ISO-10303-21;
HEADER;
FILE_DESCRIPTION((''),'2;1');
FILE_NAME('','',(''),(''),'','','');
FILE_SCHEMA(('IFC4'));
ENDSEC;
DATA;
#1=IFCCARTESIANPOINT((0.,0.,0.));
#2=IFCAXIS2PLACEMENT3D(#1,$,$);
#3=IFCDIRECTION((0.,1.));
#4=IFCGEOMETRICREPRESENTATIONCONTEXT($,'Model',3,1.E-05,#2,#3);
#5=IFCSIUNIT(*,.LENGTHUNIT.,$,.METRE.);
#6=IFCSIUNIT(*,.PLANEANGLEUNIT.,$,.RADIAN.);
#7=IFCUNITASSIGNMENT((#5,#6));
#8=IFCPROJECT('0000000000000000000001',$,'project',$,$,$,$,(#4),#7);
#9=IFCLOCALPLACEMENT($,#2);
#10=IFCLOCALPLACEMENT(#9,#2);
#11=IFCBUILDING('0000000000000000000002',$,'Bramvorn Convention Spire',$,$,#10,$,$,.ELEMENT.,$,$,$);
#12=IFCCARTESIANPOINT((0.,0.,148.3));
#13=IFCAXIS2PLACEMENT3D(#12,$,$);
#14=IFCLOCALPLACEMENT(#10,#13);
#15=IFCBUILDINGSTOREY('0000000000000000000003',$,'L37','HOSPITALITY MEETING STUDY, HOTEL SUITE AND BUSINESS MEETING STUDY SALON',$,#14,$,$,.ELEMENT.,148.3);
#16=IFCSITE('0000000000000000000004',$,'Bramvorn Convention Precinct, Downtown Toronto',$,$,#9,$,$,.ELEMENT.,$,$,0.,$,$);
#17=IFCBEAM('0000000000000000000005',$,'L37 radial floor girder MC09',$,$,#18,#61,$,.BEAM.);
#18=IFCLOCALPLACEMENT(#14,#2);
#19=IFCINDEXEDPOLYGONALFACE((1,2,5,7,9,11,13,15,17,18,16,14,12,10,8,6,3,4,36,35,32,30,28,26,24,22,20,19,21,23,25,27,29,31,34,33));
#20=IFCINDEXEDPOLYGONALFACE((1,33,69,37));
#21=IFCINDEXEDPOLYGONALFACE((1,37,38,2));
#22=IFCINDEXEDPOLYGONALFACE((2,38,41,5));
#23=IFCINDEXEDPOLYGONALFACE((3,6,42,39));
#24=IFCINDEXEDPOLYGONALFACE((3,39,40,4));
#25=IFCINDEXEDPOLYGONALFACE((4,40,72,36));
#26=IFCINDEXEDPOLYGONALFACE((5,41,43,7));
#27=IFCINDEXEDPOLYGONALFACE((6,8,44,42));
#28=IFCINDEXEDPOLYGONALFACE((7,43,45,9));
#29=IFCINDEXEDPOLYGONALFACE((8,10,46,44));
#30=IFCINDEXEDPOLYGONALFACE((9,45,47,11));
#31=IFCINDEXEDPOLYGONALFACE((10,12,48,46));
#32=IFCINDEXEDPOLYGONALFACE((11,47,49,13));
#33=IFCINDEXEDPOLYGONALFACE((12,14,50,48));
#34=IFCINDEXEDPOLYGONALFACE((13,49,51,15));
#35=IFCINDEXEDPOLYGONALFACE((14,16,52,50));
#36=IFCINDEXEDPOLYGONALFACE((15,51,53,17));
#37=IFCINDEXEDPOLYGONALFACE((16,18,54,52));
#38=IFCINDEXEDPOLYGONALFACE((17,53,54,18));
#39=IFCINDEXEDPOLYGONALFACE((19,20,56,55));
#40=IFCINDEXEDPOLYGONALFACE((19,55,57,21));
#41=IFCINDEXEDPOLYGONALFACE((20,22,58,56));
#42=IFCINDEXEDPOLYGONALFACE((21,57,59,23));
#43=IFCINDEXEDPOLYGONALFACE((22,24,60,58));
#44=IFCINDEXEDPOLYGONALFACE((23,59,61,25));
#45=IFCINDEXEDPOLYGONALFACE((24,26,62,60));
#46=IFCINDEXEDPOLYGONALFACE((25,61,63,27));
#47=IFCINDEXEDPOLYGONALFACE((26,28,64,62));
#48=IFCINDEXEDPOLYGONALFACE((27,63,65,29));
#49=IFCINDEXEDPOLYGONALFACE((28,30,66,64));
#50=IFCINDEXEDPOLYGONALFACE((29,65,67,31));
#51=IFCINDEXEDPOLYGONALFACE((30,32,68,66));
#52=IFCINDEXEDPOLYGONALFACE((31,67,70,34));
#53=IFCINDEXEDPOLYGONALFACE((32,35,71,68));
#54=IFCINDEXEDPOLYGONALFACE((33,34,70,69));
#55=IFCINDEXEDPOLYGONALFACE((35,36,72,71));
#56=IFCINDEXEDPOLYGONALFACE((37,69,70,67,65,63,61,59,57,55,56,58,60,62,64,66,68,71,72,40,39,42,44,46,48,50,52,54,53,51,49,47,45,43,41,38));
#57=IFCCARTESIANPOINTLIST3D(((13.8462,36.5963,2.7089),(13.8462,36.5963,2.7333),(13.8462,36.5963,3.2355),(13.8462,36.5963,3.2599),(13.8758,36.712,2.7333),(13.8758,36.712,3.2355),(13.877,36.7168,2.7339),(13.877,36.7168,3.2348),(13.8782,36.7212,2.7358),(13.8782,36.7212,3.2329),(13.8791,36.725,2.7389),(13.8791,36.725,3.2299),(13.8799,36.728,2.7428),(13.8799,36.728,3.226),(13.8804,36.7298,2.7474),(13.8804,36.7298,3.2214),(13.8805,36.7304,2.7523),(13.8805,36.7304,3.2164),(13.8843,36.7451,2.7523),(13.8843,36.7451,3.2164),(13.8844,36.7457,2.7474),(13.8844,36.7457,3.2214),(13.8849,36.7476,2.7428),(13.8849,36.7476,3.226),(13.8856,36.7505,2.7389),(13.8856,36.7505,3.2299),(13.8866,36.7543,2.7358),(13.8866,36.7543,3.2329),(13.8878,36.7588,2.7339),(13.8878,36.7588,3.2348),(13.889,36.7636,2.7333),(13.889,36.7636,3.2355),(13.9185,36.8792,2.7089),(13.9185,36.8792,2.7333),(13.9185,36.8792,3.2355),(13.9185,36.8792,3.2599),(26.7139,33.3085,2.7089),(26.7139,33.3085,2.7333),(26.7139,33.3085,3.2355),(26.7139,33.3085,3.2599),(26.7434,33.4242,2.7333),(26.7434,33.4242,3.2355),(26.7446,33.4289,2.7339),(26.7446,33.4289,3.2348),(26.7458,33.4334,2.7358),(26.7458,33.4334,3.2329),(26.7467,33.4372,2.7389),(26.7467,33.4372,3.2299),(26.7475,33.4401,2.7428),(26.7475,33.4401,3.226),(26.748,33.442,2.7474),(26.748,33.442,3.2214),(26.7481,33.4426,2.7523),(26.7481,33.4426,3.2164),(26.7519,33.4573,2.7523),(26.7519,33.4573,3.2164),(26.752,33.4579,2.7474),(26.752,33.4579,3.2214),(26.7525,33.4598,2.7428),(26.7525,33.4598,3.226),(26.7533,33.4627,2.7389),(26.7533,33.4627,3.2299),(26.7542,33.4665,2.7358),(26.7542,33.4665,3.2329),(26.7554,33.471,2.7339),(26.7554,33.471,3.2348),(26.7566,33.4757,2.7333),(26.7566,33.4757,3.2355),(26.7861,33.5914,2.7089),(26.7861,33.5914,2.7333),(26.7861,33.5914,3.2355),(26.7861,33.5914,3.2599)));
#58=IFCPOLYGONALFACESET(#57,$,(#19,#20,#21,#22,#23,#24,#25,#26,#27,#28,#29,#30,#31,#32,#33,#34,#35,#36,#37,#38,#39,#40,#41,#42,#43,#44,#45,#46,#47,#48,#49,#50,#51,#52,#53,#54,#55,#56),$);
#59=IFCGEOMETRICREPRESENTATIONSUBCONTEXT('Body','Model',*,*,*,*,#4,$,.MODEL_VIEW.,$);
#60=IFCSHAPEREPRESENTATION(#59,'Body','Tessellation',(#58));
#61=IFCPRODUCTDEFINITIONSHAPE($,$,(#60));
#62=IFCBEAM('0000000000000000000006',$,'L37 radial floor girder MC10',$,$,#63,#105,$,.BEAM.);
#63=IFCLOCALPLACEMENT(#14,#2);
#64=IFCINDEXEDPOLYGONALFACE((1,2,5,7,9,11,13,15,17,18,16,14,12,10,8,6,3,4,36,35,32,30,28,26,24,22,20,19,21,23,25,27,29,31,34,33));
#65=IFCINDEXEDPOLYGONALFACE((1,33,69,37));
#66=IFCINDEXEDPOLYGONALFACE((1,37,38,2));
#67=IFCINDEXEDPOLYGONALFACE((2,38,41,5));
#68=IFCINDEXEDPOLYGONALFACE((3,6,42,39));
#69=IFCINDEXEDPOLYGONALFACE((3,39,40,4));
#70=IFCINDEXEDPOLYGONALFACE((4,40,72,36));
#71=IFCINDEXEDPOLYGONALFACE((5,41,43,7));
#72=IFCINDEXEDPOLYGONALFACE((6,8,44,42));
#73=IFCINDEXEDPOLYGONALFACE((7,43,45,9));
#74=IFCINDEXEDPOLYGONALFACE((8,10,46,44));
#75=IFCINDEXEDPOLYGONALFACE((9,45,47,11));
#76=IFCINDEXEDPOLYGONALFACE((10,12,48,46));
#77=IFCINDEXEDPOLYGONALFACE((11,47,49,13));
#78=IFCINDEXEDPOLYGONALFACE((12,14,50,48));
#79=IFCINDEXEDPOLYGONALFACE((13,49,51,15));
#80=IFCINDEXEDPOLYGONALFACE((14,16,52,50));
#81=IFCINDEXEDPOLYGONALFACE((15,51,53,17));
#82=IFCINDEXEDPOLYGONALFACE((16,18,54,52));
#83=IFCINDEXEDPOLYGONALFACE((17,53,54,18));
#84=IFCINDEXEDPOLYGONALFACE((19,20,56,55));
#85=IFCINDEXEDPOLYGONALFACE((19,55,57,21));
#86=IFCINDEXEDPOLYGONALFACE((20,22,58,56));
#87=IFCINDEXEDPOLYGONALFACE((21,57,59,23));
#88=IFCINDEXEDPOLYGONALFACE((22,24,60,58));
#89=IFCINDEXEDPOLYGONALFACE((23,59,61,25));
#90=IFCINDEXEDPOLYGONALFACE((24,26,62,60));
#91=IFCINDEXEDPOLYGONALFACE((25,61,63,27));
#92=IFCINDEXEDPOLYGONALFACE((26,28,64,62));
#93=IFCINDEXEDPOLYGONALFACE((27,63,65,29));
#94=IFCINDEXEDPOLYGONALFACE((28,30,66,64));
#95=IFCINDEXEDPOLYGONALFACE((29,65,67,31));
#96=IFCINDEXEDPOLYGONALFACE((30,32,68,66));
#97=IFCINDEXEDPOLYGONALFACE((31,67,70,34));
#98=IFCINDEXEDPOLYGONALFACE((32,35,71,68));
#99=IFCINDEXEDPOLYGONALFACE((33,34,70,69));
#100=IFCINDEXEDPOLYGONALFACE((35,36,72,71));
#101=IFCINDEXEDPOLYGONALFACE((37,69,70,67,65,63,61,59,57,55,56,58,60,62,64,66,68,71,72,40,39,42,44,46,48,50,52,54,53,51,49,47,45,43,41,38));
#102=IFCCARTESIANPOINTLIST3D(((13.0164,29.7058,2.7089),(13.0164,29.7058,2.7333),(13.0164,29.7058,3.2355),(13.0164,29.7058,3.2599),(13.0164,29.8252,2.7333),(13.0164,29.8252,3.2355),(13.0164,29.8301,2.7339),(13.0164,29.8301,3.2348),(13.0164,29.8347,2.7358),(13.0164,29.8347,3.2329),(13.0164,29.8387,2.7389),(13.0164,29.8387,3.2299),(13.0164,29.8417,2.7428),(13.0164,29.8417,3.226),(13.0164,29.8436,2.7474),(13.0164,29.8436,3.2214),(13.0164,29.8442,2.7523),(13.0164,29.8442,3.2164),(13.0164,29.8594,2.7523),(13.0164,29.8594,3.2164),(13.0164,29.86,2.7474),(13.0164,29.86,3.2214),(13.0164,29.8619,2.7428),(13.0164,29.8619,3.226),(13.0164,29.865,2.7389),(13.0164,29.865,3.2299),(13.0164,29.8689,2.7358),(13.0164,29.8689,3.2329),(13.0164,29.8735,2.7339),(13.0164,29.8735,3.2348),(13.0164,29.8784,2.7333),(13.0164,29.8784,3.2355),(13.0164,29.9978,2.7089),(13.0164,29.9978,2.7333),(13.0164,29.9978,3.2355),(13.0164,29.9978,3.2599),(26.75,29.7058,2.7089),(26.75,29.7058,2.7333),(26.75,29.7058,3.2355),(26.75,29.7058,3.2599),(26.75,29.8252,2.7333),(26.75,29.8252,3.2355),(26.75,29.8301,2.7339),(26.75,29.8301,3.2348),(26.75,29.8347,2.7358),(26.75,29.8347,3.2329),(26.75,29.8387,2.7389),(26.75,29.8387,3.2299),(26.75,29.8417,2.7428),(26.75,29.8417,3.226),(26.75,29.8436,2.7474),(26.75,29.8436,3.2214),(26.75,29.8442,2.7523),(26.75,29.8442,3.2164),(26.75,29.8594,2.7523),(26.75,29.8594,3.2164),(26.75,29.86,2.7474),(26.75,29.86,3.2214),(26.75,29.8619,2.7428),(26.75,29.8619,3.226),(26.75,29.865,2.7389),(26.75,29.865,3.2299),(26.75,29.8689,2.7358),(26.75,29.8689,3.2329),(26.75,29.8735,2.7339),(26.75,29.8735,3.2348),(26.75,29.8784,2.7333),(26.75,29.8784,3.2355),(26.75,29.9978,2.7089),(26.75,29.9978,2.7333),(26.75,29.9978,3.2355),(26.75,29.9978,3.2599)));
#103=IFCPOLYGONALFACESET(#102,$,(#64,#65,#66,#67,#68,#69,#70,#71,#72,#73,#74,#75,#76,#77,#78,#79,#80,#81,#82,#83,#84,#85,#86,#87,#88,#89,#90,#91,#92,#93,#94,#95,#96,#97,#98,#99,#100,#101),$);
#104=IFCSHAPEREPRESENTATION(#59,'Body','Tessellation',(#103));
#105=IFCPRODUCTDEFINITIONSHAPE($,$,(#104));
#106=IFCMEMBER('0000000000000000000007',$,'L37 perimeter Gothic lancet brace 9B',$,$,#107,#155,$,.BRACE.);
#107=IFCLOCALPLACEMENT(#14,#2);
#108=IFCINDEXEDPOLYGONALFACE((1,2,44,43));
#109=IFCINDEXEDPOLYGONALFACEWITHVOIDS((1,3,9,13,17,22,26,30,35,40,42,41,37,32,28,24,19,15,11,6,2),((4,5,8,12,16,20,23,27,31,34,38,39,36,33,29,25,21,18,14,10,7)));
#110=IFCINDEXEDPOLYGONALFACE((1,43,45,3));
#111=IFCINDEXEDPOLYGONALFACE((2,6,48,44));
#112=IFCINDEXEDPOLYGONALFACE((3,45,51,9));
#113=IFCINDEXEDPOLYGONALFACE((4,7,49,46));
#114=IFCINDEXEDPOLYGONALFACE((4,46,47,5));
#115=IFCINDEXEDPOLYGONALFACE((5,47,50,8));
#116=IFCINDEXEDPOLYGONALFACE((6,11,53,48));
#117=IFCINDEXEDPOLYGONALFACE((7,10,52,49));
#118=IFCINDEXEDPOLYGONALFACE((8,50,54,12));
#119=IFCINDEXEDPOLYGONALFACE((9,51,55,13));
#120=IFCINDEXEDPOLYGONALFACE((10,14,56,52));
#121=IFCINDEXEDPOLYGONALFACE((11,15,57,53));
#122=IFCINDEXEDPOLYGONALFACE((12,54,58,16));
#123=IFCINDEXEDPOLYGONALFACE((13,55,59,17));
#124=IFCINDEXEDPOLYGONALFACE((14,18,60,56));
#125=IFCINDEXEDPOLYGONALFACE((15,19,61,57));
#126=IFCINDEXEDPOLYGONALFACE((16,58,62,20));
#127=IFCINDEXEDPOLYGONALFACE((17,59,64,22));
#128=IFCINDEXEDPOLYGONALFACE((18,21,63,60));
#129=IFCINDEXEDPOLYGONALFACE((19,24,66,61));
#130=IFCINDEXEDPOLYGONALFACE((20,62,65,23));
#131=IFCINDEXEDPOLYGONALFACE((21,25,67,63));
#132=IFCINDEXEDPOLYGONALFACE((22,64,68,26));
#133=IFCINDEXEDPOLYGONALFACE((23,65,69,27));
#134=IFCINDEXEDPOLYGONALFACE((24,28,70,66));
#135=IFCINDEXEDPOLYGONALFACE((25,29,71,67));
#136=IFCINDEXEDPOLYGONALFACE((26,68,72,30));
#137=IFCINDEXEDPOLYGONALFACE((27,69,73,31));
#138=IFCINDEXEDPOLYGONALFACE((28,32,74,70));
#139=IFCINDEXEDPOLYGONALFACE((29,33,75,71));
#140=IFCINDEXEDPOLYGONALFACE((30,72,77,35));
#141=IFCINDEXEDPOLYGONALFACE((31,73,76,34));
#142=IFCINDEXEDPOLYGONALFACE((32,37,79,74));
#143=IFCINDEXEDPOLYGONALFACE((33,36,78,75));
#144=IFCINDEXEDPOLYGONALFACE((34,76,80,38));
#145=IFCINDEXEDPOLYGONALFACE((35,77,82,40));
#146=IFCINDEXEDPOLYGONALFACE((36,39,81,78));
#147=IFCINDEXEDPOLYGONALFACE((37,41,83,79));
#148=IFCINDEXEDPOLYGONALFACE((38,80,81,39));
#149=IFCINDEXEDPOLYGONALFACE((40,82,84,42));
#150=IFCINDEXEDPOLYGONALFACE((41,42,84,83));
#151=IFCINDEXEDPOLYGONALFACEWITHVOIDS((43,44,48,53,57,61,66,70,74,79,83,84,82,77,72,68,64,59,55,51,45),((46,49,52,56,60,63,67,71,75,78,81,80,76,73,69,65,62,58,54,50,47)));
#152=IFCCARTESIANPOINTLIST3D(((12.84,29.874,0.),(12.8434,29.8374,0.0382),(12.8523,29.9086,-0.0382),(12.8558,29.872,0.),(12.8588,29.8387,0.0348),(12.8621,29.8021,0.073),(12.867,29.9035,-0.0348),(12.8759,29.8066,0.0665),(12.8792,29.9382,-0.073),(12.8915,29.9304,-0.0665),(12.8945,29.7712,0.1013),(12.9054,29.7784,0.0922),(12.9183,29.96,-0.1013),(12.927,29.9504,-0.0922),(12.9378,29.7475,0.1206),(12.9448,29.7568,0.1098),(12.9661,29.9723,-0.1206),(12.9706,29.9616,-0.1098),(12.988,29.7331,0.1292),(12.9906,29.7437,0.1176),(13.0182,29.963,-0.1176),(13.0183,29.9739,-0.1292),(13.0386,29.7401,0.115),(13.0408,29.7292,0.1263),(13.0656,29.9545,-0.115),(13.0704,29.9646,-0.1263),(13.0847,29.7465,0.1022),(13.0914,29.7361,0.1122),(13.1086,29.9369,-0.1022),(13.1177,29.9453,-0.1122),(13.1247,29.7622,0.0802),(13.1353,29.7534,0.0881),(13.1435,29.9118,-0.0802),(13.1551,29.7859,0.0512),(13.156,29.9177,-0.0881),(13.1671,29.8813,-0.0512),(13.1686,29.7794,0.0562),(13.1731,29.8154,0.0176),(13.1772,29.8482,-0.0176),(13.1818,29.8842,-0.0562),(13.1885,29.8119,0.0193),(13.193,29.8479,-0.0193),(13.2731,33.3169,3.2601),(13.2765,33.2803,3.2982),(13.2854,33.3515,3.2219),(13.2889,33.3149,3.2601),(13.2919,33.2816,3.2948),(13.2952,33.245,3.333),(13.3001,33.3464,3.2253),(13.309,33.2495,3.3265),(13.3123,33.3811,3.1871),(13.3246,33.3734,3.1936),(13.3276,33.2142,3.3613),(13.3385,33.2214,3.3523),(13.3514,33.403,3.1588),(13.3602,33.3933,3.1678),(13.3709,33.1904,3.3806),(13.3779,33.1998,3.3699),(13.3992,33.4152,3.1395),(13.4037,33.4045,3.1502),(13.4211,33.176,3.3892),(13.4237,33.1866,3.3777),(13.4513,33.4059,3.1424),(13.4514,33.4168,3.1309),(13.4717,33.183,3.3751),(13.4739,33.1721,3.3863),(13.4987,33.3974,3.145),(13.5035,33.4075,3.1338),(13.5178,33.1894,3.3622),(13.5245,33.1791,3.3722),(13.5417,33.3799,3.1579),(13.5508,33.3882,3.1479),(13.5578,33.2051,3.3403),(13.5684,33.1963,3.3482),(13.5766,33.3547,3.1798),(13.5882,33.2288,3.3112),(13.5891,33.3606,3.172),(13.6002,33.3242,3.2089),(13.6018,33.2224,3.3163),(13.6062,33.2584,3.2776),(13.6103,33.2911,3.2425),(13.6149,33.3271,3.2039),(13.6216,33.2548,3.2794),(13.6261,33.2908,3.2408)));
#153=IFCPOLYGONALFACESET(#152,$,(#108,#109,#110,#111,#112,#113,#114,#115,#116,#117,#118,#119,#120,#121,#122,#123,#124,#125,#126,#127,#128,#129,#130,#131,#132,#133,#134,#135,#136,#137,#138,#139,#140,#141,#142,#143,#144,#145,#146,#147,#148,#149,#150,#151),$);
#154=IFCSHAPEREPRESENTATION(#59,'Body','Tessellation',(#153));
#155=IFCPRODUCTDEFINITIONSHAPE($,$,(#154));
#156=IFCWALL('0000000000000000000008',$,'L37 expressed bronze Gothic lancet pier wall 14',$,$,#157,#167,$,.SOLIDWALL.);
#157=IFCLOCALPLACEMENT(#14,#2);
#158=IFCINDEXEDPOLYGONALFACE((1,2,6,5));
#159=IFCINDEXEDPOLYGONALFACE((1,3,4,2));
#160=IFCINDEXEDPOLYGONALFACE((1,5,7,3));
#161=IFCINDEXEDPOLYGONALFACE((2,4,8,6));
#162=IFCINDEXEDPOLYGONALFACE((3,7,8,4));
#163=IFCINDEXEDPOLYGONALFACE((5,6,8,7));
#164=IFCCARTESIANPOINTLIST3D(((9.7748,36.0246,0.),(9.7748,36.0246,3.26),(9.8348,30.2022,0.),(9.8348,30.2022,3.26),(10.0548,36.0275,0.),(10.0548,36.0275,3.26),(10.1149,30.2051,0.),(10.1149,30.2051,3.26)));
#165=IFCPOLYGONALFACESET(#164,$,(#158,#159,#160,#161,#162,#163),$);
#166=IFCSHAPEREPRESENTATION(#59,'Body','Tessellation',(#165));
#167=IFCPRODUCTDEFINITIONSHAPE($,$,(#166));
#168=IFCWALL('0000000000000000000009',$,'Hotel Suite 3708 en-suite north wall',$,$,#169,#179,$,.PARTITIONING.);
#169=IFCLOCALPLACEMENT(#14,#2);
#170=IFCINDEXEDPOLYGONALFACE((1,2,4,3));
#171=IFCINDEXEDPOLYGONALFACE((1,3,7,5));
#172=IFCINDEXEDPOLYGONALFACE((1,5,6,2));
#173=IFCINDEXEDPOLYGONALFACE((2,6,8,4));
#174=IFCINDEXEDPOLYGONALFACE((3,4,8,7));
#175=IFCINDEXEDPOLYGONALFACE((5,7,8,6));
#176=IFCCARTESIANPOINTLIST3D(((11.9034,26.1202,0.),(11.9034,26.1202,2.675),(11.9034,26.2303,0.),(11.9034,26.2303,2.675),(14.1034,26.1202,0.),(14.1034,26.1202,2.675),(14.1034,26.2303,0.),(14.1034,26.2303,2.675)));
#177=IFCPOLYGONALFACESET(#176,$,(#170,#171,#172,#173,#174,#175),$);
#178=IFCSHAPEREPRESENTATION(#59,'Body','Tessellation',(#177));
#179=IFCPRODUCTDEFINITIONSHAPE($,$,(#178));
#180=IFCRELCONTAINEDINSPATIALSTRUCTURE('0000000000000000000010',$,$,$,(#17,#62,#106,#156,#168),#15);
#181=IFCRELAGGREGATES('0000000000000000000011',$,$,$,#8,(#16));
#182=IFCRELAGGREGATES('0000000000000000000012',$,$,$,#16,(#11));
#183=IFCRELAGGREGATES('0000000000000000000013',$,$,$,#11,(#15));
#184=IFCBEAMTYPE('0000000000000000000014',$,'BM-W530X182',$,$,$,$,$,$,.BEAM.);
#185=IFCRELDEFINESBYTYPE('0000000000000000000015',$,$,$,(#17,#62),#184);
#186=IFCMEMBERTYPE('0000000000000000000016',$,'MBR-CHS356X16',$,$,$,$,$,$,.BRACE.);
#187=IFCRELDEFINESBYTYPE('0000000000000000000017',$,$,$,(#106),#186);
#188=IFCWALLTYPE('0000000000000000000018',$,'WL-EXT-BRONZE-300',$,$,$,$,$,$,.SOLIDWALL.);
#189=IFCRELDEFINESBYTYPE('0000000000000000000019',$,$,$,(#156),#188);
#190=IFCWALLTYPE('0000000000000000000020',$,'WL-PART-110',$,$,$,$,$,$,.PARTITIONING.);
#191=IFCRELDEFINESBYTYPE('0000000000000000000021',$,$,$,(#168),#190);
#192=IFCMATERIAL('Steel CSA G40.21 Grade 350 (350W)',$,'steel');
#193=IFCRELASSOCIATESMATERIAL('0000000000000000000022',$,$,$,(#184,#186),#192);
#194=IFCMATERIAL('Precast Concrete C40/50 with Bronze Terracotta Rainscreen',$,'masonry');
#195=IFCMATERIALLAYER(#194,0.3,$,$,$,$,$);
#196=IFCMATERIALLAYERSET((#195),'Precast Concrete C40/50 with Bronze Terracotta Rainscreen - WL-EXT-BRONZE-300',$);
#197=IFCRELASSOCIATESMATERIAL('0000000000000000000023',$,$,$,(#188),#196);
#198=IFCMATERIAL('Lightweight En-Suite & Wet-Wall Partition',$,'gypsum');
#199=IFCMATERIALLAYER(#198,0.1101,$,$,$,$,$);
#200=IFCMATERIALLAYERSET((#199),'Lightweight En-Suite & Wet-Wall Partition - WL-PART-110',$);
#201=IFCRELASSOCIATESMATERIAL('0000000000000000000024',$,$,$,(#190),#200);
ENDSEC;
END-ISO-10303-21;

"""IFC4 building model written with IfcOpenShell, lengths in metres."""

from ifc_helpers import new_model, si_unit, direction, frame, frame_2d, origin, origin_2d, place, context, subcontext, project, spatial, rectangle, hollow_circle, i_section, extrude, material, layer, layer_set, material_profile, profile_set, type_object, element, save


model = new_model("IFC4")

# Units and contexts
model_context = context("Model", 3, precision=1e-05, world=origin(), true_north=direction((0.0, 1.0)))
body_context = subcontext(model_context, "Body", "Model", "MODEL_VIEW")
ifc_project = project(units=[si_unit("LENGTHUNIT", "METRE"), si_unit("PLANEANGLEUNIT", "RADIAN")], contexts=[model_context])

# Site, building, storey
site_placement = place(None, origin())
site = spatial("IfcSite", under=ifc_project, at=site_placement, Name="Bramvorn Convention Precinct, Downtown Toronto", CompositionType="ELEMENT", RefElevation=0.0)
building_placement = place(site_placement, origin())
building = spatial("IfcBuilding", under=site, at=building_placement, Name="Bramvorn Convention Spire", CompositionType="ELEMENT")
storey_placement = place(building_placement, frame((0.0, 0.0, 148.3)))
storey = spatial("IfcBuildingStorey", under=building, at=storey_placement, Name="L37", Description="HOSPITALITY MEETING STUDY, HOTEL SUITE AND BUSINESS MEETING STUDY SALON", CompositionType="ELEMENT", Elevation=148.3)

# Shared definitions
ifc_material_1 = material(Name="Steel CSA G40.21 Grade 350 (350W)", Category="steel")

# Beams
ifc_material_profile_1 = material_profile(ifc_material_1, i_section(OverallWidth=0.292, OverallDepth=0.551, WebThickness=0.0151, FlangeThickness=0.0244, FilletRadius=0.019, at=origin_2d()))
ifc_profile_set_1 = profile_set([ifc_material_profile_1], Name="Steel CSA G40.21 Grade 350 (350W) - W530X182")
beam_type_1 = type_object("IfcBeamType", Name="BM-W530X182", PredefinedType="BEAM", material=ifc_profile_set_1)
beam_1_placement = place(storey_placement, frame((26.75, 33.45, 2.9844), z_axis=(-0.968873, 0.247558, 0.0), x_axis=(-0.247558, -0.968873, 0.0)))
element("IfcBeam", 1, at=beam_1_placement, inside=storey, type_object=beam_type_1, Name="L37 radial floor girder MC09", PredefinedType="BEAM", context=body_context, shape_type="SweptSolid", body=[
    extrude(i_section(OverallWidth=0.292, OverallDepth=0.551, WebThickness=0.0151, FlangeThickness=0.0244, FilletRadius=0.019, at=origin_2d()), origin(), (0.0, 0.0, 1.0), 13.281),
])
beam_2_placement = place(storey_placement, frame((26.75, 29.8518, 2.9844), z_axis=(-1.0, 0.0, 0.0), x_axis=(0.0, -1.0, 0.0)))
element("IfcBeam", 2, at=beam_2_placement, inside=storey, type_object=beam_type_1, Name="L37 radial floor girder MC10", PredefinedType="BEAM", context=body_context, shape_type="SweptSolid", body=[
    extrude(i_section(OverallWidth=0.292, OverallDepth=0.551, WebThickness=0.0151, FlangeThickness=0.0244, FilletRadius=0.019, at=origin_2d()), origin(), (0.0, 0.0, 1.0), 13.7336),
])

# Member
ifc_material_profile_2 = material_profile(ifc_material_1, hollow_circle(Radius=0.1777, WallThickness=0.0159, at=origin_2d()))
ifc_profile_set_2 = profile_set([ifc_material_profile_2], Name="Steel CSA G40.21 Grade 350 (350W) - CHS356X16")
member_type = type_object("IfcMemberType", Name="MBR-CHS356X16", PredefinedType="BRACE", material=ifc_profile_set_2)
member_placement = place(storey_placement, frame((13.0164, 29.8518, 0.0), z_axis=(0.090966, 0.723117, 0.68471), x_axis=(-0.99218, 0.124814, 0.0)))
element("IfcMember", 3, at=member_placement, inside=storey, type_object=member_type, Name="L37 perimeter Gothic lancet brace 9B", PredefinedType="BRACE", context=body_context, shape_type="SweptSolid", body=[
    extrude(hollow_circle(Radius=0.1777, WallThickness=0.0159, at=origin_2d()), origin(), (0.0, 0.0, 1.0), 4.7612),
])

# Walls
ifc_material_2 = material(Name="Precast Concrete C40/50 with Bronze Terracotta Rainscreen", Category="masonry")
ifc_layer_1 = layer(ifc_material_2, 0.3)
ifc_layer_set_1 = layer_set([ifc_layer_1], Name="Precast Concrete C40/50 with Bronze Terracotta Rainscreen - WL-EXT-BRONZE-300")
wall_type_1 = type_object("IfcWallType", Name="WL-EXT-BRONZE-300", PredefinedType="SOLIDWALL", material=ifc_layer_set_1)
wall_1_placement = place(storey_placement, frame((9.9749, 30.2036, 0.0), z_axis=(0.0, 0.0, 1.0), x_axis=(-0.010314, 0.999947, 0.0)))
element("IfcWall", 4, at=wall_1_placement, inside=storey, type_object=wall_type_1, Name="L37 expressed bronze Gothic lancet pier wall 14", PredefinedType="SOLIDWALL", context=body_context, shape_type="SweptSolid", body=[
    extrude(rectangle(XDim=5.8228, YDim=0.28, at=frame_2d((2.9114, 0.0))), origin(), (0.0, 0.0, 1.0), 3.26),
])
ifc_material_3 = material(Name="Lightweight En-Suite & Wet-Wall Partition", Category="gypsum")
ifc_layer_2 = layer(ifc_material_3, 0.1101)
ifc_layer_set_2 = layer_set([ifc_layer_2], Name="Lightweight En-Suite & Wet-Wall Partition - WL-PART-110")
wall_type_2 = type_object("IfcWallType", Name="WL-PART-110", PredefinedType="PARTITIONING", material=ifc_layer_set_2)
wall_2_placement = place(storey_placement, frame((11.9033, 26.1753, 0.0), z_axis=(0.0, 0.0, 1.0), x_axis=(1.0, 0.0, 0.0)))
element("IfcWall", 5, at=wall_2_placement, inside=storey, type_object=wall_type_2, Name="Hotel Suite 3708 en-suite north wall", PredefinedType="PARTITIONING", context=body_context, shape_type="SweptSolid", body=[
    extrude(rectangle(XDim=2.2, YDim=0.1101, at=frame_2d((1.1001, 0.0))), origin(), (0.0, 0.0, 1.0), 2.675),
])

save(model, "model.ifc")
